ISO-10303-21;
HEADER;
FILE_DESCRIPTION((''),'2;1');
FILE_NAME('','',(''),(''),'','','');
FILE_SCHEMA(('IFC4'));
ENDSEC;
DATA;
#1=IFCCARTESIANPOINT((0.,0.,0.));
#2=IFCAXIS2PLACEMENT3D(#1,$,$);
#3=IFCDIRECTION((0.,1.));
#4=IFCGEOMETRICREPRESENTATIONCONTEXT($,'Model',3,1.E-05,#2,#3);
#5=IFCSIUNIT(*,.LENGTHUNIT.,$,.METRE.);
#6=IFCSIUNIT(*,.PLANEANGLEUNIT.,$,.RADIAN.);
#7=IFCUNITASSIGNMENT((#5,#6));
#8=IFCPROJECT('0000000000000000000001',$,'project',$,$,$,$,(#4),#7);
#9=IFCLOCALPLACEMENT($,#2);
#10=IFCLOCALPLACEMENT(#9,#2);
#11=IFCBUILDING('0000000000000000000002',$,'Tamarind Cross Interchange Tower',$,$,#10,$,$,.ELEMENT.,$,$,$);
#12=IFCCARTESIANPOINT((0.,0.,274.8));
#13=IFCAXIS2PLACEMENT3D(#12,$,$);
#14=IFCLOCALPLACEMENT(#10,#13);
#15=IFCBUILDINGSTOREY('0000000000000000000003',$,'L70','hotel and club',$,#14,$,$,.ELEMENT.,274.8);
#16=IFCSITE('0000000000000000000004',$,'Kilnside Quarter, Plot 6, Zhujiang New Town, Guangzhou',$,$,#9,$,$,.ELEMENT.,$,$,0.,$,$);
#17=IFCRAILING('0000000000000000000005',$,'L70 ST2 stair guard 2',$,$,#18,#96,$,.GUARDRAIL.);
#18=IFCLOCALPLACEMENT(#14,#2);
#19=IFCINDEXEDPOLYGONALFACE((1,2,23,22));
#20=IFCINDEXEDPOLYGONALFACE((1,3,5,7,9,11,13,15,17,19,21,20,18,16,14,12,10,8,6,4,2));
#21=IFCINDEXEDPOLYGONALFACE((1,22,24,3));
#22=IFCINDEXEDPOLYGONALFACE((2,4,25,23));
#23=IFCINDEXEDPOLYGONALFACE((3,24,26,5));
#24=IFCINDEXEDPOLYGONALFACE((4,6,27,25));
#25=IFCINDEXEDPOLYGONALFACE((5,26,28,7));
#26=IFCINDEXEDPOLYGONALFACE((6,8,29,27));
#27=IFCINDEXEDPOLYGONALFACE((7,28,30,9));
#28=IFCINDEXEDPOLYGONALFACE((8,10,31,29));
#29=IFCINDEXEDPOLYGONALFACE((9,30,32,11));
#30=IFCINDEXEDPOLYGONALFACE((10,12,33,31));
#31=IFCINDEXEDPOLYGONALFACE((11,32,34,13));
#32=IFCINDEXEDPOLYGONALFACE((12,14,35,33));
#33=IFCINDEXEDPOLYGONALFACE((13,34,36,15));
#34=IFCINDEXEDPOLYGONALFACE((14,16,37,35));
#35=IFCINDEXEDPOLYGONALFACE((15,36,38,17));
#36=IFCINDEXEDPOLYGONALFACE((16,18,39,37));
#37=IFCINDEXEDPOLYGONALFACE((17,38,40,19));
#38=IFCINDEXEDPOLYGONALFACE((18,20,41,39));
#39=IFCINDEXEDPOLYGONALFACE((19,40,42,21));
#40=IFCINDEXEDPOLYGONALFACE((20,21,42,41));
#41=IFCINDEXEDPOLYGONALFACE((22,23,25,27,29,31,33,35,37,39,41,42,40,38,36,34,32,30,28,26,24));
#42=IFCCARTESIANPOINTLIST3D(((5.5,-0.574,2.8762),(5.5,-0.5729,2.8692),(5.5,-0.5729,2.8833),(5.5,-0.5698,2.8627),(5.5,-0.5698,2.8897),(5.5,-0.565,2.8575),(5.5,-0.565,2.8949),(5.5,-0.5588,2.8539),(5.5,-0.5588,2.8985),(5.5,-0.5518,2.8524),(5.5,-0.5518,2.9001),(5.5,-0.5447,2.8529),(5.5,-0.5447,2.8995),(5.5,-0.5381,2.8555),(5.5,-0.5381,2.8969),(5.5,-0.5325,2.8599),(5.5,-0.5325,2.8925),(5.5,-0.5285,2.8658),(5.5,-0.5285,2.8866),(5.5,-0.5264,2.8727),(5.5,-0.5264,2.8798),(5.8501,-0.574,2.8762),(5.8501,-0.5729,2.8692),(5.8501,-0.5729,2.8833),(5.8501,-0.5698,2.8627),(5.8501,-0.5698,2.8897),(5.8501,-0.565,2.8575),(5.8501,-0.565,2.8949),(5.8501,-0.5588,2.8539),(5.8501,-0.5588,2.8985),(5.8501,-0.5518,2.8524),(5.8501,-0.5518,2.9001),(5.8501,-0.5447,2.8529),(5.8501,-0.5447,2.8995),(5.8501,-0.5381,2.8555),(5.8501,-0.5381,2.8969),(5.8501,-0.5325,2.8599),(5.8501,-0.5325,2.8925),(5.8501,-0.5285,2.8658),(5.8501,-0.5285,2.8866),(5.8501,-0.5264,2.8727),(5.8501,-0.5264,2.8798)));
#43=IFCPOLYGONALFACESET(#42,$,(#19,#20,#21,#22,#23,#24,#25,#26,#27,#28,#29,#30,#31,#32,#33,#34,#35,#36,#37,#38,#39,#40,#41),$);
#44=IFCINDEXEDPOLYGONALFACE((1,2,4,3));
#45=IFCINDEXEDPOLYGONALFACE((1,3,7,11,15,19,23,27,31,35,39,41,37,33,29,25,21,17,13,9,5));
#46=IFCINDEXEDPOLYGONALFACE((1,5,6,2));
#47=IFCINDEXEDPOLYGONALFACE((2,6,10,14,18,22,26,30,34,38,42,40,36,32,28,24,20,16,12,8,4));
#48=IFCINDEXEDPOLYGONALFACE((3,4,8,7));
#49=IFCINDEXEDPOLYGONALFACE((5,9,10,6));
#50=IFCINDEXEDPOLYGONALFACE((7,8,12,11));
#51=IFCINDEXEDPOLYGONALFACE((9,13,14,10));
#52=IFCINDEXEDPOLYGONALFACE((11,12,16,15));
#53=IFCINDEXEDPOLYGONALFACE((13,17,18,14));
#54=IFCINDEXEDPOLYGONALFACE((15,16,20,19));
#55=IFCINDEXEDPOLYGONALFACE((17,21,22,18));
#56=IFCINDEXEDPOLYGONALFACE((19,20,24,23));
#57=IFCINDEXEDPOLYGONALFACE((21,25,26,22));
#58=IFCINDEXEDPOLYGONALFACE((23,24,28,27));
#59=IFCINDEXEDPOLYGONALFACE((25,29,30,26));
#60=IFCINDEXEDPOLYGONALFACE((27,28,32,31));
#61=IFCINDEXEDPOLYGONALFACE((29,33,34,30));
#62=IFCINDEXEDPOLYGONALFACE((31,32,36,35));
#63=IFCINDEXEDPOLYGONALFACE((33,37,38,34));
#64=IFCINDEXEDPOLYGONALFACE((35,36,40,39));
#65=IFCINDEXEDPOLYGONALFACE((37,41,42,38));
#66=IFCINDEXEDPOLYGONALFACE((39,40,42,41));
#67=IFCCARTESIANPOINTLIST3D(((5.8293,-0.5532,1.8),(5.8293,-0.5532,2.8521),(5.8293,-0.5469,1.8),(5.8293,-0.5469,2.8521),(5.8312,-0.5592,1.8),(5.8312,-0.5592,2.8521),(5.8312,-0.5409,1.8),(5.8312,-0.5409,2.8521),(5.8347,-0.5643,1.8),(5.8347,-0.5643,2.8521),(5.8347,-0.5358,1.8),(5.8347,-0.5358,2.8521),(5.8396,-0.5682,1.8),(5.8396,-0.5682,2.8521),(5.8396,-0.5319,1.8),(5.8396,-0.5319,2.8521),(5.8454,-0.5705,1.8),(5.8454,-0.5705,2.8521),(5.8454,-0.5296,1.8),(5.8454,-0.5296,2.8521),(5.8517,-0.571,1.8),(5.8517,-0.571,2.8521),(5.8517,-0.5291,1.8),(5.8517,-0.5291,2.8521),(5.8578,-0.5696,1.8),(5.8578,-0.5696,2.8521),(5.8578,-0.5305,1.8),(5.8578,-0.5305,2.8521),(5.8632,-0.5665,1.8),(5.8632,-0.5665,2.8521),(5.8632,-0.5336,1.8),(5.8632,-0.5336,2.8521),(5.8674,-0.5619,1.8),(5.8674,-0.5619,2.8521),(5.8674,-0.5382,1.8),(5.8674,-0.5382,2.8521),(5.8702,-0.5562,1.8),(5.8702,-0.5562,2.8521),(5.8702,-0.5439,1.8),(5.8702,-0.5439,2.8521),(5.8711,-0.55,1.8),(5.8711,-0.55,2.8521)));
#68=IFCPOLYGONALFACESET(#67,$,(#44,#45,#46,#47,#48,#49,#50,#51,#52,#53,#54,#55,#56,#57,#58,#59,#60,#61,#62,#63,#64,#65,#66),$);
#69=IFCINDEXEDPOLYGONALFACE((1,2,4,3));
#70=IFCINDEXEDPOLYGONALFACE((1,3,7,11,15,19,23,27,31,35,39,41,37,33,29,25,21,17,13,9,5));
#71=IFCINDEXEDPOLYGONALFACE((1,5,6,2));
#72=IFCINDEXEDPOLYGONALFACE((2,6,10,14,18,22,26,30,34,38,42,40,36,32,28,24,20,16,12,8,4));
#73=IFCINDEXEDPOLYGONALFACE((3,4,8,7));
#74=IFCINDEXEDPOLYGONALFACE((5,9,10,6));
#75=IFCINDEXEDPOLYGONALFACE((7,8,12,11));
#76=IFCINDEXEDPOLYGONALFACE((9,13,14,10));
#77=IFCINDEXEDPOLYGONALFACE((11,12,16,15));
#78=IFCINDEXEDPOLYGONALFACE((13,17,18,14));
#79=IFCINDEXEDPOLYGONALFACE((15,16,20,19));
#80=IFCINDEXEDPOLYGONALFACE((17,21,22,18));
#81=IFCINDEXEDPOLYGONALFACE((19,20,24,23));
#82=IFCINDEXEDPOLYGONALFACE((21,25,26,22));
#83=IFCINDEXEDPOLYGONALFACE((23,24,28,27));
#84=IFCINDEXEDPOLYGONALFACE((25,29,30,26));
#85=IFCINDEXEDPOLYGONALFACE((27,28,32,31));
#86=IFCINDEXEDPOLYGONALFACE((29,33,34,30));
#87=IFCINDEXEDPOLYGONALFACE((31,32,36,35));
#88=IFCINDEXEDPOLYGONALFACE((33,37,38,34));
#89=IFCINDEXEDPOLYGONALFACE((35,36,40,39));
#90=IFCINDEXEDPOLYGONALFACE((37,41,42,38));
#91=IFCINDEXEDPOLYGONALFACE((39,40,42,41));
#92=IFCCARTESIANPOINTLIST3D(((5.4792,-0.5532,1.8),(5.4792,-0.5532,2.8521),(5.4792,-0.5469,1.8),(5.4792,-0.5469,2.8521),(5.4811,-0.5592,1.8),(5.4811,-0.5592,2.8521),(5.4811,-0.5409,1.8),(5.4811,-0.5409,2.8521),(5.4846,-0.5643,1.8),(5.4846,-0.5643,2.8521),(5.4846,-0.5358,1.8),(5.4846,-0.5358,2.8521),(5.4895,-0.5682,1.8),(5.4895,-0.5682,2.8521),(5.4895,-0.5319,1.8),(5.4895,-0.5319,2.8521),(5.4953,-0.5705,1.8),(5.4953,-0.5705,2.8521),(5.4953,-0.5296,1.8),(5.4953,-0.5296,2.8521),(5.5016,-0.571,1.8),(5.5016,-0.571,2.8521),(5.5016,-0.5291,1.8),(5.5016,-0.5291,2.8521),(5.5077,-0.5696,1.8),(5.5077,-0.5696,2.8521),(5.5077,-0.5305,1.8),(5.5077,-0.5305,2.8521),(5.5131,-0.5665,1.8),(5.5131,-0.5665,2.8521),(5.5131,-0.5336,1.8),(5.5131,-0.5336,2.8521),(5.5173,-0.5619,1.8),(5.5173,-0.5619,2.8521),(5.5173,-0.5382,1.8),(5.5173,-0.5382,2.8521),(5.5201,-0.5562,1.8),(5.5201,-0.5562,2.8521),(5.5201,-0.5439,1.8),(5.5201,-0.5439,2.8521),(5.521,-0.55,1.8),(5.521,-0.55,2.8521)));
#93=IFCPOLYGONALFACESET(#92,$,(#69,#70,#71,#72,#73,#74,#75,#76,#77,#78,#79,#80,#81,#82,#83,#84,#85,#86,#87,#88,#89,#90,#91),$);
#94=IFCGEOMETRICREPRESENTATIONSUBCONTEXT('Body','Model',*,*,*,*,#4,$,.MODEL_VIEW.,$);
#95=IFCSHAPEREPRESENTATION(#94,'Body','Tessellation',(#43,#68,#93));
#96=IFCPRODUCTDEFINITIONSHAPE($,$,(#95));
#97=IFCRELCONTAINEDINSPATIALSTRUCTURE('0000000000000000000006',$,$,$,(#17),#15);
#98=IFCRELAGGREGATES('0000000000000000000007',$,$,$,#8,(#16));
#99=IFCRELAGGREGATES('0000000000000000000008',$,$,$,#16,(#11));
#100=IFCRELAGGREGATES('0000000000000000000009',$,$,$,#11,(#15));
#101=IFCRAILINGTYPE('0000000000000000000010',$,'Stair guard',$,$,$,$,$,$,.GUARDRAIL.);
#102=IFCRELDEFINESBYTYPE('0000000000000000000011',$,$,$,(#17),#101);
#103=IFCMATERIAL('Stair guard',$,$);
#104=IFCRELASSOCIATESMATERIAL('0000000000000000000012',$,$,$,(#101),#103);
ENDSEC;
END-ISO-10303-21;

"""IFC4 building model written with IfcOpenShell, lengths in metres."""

from ifc_helpers import new_model, si_unit, direction, frame, origin, origin_2d, place, context, subcontext, project, spatial, circle, extrude, material, type_object, element, save


model = new_model("IFC4")

# Units and contexts
model_context = context("Model", 3, precision=1e-05, world=origin(), true_north=direction((0.0, 1.0)))
body_context = subcontext(model_context, "Body", "Model", "MODEL_VIEW")
ifc_project = project(units=[si_unit("LENGTHUNIT", "METRE"), si_unit("PLANEANGLEUNIT", "RADIAN")], contexts=[model_context])

# Site, building, storey
site_placement = place(None, origin())
site = spatial("IfcSite", under=ifc_project, at=site_placement, Name="Kilnside Quarter, Plot 6, Zhujiang New Town, Guangzhou", CompositionType="ELEMENT", RefElevation=0.0)
building_placement = place(site_placement, origin())
building = spatial("IfcBuilding", under=site, at=building_placement, Name="Tamarind Cross Interchange Tower", CompositionType="ELEMENT")
storey_placement = place(building_placement, frame((0.0, 0.0, 274.8)))
storey = spatial("IfcBuildingStorey", under=building, at=storey_placement, Name="L70", Description="hotel and club", CompositionType="ELEMENT", Elevation=274.8)

# Railing
ifc_material_1 = material(Name="Stair guard")
railing_type_1 = type_object("IfcRailingType", Name="Stair guard", PredefinedType="GUARDRAIL", material=ifc_material_1)
railing_1_placement = place(storey_placement, frame((5.8501, -0.55, 1.8)))
element("IfcRailing", 1, at=railing_1_placement, inside=storey, type_object=railing_type_1, Name="L70 ST2 stair guard 2", PredefinedType="GUARDRAIL", context=body_context, shape_type="SweptSolid", body=[
    extrude(circle(Radius=0.0239, at=origin_2d()), frame((0.0, 0.0, 1.0762), z_axis=(-1.0, 0.0, 0.0), x_axis=(0.0, -1.0, 0.0)), (0.0, 0.0, 1.0), 0.3501),
    extrude(circle(Radius=0.021, at=origin_2d()), origin(), (0.0, 0.0, 1.0), 1.052),
    extrude(circle(Radius=0.021, at=origin_2d()), frame((-0.3501, 0.0, 0.0)), (0.0, 0.0, 1.0), 1.052),
])

save(model, "model.ifc")
